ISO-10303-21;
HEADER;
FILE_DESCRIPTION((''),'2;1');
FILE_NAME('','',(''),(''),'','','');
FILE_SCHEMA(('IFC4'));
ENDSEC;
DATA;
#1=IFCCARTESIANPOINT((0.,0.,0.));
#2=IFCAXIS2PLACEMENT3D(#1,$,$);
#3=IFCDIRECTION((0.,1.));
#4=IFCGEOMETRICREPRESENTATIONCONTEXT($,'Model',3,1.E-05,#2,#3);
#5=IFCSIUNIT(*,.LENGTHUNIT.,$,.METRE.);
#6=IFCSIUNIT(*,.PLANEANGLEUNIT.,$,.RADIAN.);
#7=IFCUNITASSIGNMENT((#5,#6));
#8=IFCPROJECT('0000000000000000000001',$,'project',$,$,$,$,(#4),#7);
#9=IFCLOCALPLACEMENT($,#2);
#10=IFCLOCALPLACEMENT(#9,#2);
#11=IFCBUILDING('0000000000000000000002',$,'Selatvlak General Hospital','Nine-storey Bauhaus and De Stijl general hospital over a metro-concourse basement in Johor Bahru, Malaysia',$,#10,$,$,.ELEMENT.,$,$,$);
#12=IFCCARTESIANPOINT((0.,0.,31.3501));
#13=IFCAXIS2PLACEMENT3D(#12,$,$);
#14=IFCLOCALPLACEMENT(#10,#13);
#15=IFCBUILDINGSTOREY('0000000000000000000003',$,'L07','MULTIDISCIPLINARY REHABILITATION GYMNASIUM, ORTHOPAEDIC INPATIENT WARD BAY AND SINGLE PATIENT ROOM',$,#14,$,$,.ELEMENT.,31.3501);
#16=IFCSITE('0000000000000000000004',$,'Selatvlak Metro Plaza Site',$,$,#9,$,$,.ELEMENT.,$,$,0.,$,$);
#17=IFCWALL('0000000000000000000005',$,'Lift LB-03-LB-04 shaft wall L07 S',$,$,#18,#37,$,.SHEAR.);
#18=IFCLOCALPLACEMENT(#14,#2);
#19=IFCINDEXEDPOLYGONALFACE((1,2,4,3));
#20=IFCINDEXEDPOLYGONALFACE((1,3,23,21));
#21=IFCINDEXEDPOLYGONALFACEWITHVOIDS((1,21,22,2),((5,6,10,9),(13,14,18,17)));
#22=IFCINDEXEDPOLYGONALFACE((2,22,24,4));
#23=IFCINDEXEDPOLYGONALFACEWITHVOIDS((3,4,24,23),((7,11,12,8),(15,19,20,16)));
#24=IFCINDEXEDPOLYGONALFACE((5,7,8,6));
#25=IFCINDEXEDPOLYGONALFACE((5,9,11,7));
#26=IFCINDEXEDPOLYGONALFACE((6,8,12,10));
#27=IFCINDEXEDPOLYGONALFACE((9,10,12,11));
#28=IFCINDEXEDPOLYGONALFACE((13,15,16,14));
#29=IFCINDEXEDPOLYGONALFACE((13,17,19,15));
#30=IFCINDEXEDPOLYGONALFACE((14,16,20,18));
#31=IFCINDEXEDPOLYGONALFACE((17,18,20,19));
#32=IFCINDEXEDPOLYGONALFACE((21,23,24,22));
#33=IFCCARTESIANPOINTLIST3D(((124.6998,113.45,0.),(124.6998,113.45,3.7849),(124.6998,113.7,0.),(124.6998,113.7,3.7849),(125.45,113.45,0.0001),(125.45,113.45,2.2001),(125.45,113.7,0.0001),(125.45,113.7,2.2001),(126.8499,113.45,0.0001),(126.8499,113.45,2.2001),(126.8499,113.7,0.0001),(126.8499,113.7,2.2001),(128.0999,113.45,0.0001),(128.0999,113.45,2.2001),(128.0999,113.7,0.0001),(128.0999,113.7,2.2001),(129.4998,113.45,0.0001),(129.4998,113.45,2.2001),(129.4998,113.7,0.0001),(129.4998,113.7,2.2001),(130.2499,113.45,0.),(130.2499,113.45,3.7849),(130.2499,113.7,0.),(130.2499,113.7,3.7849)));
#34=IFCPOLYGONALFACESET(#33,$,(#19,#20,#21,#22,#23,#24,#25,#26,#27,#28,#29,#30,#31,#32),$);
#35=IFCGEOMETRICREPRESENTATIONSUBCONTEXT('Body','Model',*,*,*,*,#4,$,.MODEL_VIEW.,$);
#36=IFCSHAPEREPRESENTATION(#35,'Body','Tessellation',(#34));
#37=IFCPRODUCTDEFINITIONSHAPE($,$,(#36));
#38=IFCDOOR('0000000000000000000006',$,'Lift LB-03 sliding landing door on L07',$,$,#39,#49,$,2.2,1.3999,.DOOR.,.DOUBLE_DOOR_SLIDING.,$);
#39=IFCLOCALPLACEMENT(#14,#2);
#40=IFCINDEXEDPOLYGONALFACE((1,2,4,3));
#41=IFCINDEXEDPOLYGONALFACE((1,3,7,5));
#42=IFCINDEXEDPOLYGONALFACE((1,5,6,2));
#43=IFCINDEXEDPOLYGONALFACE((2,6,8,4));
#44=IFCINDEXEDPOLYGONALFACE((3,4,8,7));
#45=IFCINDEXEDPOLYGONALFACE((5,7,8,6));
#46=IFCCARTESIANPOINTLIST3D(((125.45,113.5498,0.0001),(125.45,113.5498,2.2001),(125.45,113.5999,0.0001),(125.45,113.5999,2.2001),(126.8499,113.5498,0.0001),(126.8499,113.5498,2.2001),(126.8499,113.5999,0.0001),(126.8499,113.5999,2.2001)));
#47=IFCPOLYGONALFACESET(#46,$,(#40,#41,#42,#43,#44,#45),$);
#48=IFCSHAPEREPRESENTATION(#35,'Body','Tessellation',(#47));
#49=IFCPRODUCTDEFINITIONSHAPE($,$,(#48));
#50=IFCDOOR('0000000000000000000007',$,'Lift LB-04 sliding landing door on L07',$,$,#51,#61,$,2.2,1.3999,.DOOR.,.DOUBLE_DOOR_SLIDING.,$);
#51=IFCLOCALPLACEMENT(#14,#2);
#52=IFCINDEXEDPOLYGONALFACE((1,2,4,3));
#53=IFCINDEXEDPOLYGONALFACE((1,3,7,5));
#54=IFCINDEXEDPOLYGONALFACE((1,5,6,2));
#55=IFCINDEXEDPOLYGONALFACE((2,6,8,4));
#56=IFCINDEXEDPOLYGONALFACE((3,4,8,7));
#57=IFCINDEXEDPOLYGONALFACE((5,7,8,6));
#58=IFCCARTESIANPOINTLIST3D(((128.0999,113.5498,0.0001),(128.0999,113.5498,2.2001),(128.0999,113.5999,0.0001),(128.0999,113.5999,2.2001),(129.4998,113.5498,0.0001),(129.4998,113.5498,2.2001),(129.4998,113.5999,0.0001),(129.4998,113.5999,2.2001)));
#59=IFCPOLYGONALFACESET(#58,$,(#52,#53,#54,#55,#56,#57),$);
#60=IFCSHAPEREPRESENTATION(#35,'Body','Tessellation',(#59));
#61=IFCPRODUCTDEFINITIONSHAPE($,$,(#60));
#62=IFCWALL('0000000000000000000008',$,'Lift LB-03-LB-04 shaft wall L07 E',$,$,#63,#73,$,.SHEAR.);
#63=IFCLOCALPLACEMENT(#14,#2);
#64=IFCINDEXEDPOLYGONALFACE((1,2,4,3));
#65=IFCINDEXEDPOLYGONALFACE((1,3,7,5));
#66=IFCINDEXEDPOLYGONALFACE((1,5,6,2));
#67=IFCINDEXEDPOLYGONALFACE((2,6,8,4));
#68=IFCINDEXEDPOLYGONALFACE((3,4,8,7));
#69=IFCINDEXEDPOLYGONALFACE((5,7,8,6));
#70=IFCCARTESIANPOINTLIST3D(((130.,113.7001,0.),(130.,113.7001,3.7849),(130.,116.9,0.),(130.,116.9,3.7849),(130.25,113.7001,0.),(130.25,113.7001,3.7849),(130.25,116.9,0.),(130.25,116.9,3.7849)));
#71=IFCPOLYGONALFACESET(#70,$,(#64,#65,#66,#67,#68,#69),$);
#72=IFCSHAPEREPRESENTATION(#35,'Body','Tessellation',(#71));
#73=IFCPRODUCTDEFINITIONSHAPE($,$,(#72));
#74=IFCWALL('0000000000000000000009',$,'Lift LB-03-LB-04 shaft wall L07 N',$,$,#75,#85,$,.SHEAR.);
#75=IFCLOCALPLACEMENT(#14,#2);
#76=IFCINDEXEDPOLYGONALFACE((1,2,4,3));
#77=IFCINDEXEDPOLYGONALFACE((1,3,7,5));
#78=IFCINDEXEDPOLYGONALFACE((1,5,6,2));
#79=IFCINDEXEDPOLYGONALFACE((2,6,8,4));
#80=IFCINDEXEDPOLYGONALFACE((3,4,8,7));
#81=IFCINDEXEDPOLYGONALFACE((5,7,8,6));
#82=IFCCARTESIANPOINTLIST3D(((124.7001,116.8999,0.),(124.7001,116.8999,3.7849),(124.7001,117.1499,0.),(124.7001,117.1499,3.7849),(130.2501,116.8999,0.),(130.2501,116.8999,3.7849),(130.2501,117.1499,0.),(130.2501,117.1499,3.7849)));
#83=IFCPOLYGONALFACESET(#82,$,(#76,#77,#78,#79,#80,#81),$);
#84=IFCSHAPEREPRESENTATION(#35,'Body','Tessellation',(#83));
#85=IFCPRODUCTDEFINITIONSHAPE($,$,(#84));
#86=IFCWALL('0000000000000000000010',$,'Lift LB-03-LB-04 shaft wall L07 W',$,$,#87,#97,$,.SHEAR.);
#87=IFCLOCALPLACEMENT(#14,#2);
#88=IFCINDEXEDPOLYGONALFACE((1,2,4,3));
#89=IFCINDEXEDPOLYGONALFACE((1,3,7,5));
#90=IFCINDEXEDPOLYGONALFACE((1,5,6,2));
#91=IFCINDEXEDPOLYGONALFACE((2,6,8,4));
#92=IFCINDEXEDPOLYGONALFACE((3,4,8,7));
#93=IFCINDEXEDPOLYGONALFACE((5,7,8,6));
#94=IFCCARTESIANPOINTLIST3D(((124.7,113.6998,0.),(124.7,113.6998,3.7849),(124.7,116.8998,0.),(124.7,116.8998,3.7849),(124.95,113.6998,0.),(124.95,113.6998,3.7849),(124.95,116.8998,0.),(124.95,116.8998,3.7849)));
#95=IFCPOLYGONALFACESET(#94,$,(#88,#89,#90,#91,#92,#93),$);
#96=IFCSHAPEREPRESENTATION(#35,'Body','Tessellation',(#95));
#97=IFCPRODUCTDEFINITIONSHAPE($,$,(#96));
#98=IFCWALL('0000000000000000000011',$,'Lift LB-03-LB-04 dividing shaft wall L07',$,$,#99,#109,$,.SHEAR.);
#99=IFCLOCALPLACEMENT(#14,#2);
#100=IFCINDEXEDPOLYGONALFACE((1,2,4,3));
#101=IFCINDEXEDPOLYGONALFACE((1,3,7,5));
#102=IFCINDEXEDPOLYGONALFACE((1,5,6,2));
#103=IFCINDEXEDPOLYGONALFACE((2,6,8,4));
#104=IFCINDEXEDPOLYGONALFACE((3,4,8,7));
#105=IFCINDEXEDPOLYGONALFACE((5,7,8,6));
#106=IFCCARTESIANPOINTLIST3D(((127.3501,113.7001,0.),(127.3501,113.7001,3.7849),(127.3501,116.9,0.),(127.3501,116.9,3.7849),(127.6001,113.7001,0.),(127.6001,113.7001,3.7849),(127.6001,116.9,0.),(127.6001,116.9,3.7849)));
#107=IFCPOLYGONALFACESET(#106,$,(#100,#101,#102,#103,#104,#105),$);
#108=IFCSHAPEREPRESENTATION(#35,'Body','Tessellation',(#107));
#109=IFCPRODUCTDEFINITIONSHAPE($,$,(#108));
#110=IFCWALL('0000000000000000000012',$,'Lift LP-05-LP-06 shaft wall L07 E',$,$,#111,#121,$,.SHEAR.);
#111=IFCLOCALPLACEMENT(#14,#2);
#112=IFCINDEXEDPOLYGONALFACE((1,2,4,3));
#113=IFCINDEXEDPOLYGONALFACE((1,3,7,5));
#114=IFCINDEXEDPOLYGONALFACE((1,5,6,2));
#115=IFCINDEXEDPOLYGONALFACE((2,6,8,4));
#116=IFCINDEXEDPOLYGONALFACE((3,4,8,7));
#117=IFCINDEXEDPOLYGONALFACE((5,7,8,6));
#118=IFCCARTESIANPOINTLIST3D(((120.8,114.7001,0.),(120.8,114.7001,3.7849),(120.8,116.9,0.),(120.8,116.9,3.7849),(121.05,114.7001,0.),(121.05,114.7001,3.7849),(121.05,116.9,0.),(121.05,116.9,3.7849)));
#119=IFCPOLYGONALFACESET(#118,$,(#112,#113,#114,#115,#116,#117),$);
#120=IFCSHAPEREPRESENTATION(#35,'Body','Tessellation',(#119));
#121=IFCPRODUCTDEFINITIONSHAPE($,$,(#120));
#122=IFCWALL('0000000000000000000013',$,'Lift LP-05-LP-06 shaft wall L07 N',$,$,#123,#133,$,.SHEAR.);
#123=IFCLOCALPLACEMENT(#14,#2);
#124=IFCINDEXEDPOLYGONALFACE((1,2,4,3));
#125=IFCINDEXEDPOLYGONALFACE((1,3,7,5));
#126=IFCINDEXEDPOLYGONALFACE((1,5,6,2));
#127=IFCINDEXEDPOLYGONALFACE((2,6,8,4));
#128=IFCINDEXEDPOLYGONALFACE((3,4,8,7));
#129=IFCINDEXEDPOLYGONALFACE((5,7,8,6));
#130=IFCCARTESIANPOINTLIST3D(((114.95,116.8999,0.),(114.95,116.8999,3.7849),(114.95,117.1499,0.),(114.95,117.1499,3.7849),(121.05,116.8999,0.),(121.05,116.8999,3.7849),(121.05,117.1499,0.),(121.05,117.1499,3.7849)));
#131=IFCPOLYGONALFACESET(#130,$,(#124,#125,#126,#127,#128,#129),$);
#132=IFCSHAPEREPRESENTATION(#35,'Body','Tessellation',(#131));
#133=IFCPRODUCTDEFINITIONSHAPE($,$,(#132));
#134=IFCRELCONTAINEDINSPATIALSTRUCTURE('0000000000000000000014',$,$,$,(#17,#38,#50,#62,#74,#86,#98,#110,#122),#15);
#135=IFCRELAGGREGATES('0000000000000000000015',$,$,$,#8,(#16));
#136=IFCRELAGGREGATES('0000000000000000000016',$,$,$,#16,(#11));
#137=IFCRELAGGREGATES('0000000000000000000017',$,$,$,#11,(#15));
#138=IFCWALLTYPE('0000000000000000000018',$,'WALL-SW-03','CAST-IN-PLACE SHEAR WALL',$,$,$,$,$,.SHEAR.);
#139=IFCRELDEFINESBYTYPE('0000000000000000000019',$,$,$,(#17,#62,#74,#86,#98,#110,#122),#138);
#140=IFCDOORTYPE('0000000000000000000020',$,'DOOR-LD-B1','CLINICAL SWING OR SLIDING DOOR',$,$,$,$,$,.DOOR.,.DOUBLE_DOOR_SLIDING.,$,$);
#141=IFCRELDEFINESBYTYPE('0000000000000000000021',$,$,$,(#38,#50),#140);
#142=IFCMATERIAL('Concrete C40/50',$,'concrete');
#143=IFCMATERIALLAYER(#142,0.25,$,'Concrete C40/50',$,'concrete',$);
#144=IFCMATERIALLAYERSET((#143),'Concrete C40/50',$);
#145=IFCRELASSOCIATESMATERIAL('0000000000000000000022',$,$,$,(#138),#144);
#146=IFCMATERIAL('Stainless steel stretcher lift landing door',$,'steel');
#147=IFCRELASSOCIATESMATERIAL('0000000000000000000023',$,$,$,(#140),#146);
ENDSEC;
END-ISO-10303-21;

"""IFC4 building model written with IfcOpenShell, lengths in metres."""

from ifc_helpers import new_model, si_unit, direction, frame, frame_2d, origin, place, context, subcontext, project, spatial, rectangle, extrude, material, layer, layer_set, type_object, element, fill, save


model = new_model("IFC4")

# Units and contexts
model_context = context("Model", 3, precision=1e-05, world=origin(), true_north=direction((0.0, 1.0)))
body_context = subcontext(model_context, "Body", "Model", "MODEL_VIEW")
ifc_project = project(units=[si_unit("LENGTHUNIT", "METRE"), si_unit("PLANEANGLEUNIT", "RADIAN")], contexts=[model_context])

# Site, building, storey
site_placement = place(None, origin())
site = spatial("IfcSite", under=ifc_project, at=site_placement, Name="Selatvlak Metro Plaza Site", CompositionType="ELEMENT", RefElevation=0.0)
building_placement = place(site_placement, origin())
building = spatial("IfcBuilding", under=site, at=building_placement, Name="Selatvlak General Hospital", Description="Nine-storey Bauhaus and De Stijl general hospital over a metro-concourse basement in Johor Bahru, Malaysia", CompositionType="ELEMENT")
storey_placement = place(building_placement, frame((0.0, 0.0, 31.3501)))
storey = spatial("IfcBuildingStorey", under=building, at=storey_placement, Name="L07", Description="MULTIDISCIPLINARY REHABILITATION GYMNASIUM, ORTHOPAEDIC INPATIENT WARD BAY AND SINGLE PATIENT ROOM", CompositionType="ELEMENT", Elevation=31.3501)

# Shared definitions
ifc_material_1 = material(Name="Concrete C40/50", Category="concrete")

# Wall, openings, doors
ifc_layer_1 = layer(ifc_material_1, 0.25, Name="Concrete C40/50", Category="concrete")
ifc_layer_set_1 = layer_set([ifc_layer_1], Name="Concrete C40/50")
wall_type_1 = type_object("IfcWallType", Name="WALL-SW-03", Description="CAST-IN-PLACE SHEAR WALL", PredefinedType="SHEAR", material=ifc_layer_set_1)
wall_1_placement = place(storey_placement, frame((124.7, 113.575, 0.0), z_axis=(0.0, 0.0, 1.0), x_axis=(1.0, 0.0, 0.0)))
wall_1 = element("IfcWall", 1, at=wall_1_placement, inside=storey, type_object=wall_type_1, Name="Lift LB-03-LB-04 shaft wall L07 S", PredefinedType="SHEAR", context=body_context, shape_type="SweptSolid", body=[
    extrude(rectangle(XDim=5.55, YDim=0.25, at=frame_2d((2.7749, 0.0))), origin(), (0.0, 0.0, 1.0), 3.7849),
])
opening_1_placement = place(wall_1_placement, frame((0.75, 0.0, 0.0)))
opening_1 = element("IfcOpeningElement", 2, at=opening_1_placement, cuts=wall_1, PredefinedType="OPENING", context=body_context, shape_type="SweptSolid", body=[
    extrude(rectangle(XDim=1.3999, YDim=2.2, at=frame_2d((0.7, 1.1001))), frame((0.0, 0.135, 0.0), z_axis=(0.0, -1.0, 0.0), x_axis=(1.0, 0.0, 0.0)), (0.0, 0.0, 1.0), 0.27),
])
opening_2_placement = place(wall_1_placement, frame((3.3999, 0.0, 0.0)))
opening_2 = element("IfcOpeningElement", 3, at=opening_2_placement, cuts=wall_1, PredefinedType="OPENING", context=body_context, shape_type="SweptSolid", body=[
    extrude(rectangle(XDim=1.3999, YDim=2.2, at=frame_2d((0.7, 1.1001))), frame((0.0, 0.135, 0.0), z_axis=(0.0, -1.0, 0.0), x_axis=(1.0, 0.0, 0.0)), (0.0, 0.0, 1.0), 0.27),
])
ifc_material_2 = material(Name="Stainless steel stretcher lift landing door", Category="steel")
door_type_1 = type_object("IfcDoorType", Name="DOOR-LD-B1", Description="CLINICAL SWING OR SLIDING DOOR", OperationType="DOUBLE_DOOR_SLIDING", PredefinedType="DOOR", material=ifc_material_2)
door_1_placement = place(opening_1_placement, origin())
door_1 = element("IfcDoor", 4, at=door_1_placement, inside=storey, type_object=door_type_1, Name="Lift LB-03 sliding landing door on L07", OperationType="DOUBLE_DOOR_SLIDING", OverallHeight=2.2, OverallWidth=1.3999, PredefinedType="DOOR", context=body_context, shape_type="SweptSolid", body=[
    extrude(rectangle(XDim=1.3999, YDim=2.2, at=frame_2d((0.7, 1.1001))), frame((0.0, 0.0249, 0.0), z_axis=(0.0, -1.0, 0.0), x_axis=(1.0, 0.0, 0.0)), (0.0, 0.0, 1.0), 0.05),
])
fill(opening_1, door_1)
door_2_placement = place(opening_2_placement, origin())
door_2 = element("IfcDoor", 5, at=door_2_placement, inside=storey, type_object=door_type_1, Name="Lift LB-04 sliding landing door on L07", OperationType="DOUBLE_DOOR_SLIDING", OverallHeight=2.2, OverallWidth=1.3999, PredefinedType="DOOR", context=body_context, shape_type="SweptSolid", body=[
    extrude(rectangle(XDim=1.3999, YDim=2.2, at=frame_2d((0.7, 1.1001))), frame((0.0, 0.0249, 0.0), z_axis=(0.0, -1.0, 0.0), x_axis=(1.0, 0.0, 0.0)), (0.0, 0.0, 1.0), 0.05),
])
fill(opening_2, door_2)

# Walls
wall_2_placement = place(storey_placement, frame((130.125, 113.7, 0.0), z_axis=(0.0, 0.0, 1.0), x_axis=(0.0, 1.0, 0.0)))
element("IfcWall", 6, at=wall_2_placement, inside=storey, type_object=wall_type_1, Name="Lift LB-03-LB-04 shaft wall L07 E", PredefinedType="SHEAR", context=body_context, shape_type="SweptSolid", body=[
    extrude(rectangle(XDim=3.2, YDim=0.25, at=frame_2d((1.6001, 0.0))), origin(), (0.0, 0.0, 1.0), 3.7849),
])
wall_3_placement = place(storey_placement, frame((130.25, 117.0249, 0.0), z_axis=(0.0, 0.0, 1.0), x_axis=(-1.0, 0.0, 0.0)))
element("IfcWall", 7, at=wall_3_placement, inside=storey, type_object=wall_type_1, Name="Lift LB-03-LB-04 shaft wall L07 N", PredefinedType="SHEAR", context=body_context, shape_type="SweptSolid", body=[
    extrude(rectangle(XDim=5.55, YDim=0.25, at=frame_2d((2.7749, 0.0))), origin(), (0.0, 0.0, 1.0), 3.7849),
])
for number, where, z_axis, x_axis, name in (
    (8, (124.825, 116.8999, 0.0), (0.0, 0.0, 1.0), (0.0, -1.0, 0.0), "Lift LB-03-LB-04 shaft wall L07 W"),
    (9, (127.4751, 113.7, 0.0), (0.0, 0.0, 1.0), (0.0, 1.0, 0.0), "Lift LB-03-LB-04 dividing shaft wall L07"),
):
    element("IfcWall", number, at=place(storey_placement, frame(where, z_axis=z_axis, x_axis=x_axis)), inside=storey, type_object=wall_type_1, Name=name, PredefinedType="SHEAR", context=body_context, shape_type="SweptSolid", body=[
        extrude(rectangle(XDim=3.2, YDim=0.25, at=frame_2d((1.6001, 0.0))), origin(), (0.0, 0.0, 1.0), 3.7849),
    ])
wall_4_placement = place(storey_placement, frame((120.925, 114.7, 0.0), z_axis=(0.0, 0.0, 1.0), x_axis=(0.0, 1.0, 0.0)))
element("IfcWall", 10, at=wall_4_placement, inside=storey, type_object=wall_type_1, Name="Lift LP-05-LP-06 shaft wall L07 E", PredefinedType="SHEAR", context=body_context, shape_type="SweptSolid", body=[
    extrude(rectangle(XDim=2.2, YDim=0.25, at=frame_2d((1.1001, 0.0))), origin(), (0.0, 0.0, 1.0), 3.7849),
])
wall_5_placement = place(storey_placement, frame((121.05, 117.0249, 0.0), z_axis=(0.0, 0.0, 1.0), x_axis=(-1.0, 0.0, 0.0)))
element("IfcWall", 11, at=wall_5_placement, inside=storey, type_object=wall_type_1, Name="Lift LP-05-LP-06 shaft wall L07 N", PredefinedType="SHEAR", context=body_context, shape_type="SweptSolid", body=[
    extrude(rectangle(XDim=6.1001, YDim=0.25, at=frame_2d((3.05, 0.0))), origin(), (0.0, 0.0, 1.0), 3.7849),
])

save(model, "model.ifc")
